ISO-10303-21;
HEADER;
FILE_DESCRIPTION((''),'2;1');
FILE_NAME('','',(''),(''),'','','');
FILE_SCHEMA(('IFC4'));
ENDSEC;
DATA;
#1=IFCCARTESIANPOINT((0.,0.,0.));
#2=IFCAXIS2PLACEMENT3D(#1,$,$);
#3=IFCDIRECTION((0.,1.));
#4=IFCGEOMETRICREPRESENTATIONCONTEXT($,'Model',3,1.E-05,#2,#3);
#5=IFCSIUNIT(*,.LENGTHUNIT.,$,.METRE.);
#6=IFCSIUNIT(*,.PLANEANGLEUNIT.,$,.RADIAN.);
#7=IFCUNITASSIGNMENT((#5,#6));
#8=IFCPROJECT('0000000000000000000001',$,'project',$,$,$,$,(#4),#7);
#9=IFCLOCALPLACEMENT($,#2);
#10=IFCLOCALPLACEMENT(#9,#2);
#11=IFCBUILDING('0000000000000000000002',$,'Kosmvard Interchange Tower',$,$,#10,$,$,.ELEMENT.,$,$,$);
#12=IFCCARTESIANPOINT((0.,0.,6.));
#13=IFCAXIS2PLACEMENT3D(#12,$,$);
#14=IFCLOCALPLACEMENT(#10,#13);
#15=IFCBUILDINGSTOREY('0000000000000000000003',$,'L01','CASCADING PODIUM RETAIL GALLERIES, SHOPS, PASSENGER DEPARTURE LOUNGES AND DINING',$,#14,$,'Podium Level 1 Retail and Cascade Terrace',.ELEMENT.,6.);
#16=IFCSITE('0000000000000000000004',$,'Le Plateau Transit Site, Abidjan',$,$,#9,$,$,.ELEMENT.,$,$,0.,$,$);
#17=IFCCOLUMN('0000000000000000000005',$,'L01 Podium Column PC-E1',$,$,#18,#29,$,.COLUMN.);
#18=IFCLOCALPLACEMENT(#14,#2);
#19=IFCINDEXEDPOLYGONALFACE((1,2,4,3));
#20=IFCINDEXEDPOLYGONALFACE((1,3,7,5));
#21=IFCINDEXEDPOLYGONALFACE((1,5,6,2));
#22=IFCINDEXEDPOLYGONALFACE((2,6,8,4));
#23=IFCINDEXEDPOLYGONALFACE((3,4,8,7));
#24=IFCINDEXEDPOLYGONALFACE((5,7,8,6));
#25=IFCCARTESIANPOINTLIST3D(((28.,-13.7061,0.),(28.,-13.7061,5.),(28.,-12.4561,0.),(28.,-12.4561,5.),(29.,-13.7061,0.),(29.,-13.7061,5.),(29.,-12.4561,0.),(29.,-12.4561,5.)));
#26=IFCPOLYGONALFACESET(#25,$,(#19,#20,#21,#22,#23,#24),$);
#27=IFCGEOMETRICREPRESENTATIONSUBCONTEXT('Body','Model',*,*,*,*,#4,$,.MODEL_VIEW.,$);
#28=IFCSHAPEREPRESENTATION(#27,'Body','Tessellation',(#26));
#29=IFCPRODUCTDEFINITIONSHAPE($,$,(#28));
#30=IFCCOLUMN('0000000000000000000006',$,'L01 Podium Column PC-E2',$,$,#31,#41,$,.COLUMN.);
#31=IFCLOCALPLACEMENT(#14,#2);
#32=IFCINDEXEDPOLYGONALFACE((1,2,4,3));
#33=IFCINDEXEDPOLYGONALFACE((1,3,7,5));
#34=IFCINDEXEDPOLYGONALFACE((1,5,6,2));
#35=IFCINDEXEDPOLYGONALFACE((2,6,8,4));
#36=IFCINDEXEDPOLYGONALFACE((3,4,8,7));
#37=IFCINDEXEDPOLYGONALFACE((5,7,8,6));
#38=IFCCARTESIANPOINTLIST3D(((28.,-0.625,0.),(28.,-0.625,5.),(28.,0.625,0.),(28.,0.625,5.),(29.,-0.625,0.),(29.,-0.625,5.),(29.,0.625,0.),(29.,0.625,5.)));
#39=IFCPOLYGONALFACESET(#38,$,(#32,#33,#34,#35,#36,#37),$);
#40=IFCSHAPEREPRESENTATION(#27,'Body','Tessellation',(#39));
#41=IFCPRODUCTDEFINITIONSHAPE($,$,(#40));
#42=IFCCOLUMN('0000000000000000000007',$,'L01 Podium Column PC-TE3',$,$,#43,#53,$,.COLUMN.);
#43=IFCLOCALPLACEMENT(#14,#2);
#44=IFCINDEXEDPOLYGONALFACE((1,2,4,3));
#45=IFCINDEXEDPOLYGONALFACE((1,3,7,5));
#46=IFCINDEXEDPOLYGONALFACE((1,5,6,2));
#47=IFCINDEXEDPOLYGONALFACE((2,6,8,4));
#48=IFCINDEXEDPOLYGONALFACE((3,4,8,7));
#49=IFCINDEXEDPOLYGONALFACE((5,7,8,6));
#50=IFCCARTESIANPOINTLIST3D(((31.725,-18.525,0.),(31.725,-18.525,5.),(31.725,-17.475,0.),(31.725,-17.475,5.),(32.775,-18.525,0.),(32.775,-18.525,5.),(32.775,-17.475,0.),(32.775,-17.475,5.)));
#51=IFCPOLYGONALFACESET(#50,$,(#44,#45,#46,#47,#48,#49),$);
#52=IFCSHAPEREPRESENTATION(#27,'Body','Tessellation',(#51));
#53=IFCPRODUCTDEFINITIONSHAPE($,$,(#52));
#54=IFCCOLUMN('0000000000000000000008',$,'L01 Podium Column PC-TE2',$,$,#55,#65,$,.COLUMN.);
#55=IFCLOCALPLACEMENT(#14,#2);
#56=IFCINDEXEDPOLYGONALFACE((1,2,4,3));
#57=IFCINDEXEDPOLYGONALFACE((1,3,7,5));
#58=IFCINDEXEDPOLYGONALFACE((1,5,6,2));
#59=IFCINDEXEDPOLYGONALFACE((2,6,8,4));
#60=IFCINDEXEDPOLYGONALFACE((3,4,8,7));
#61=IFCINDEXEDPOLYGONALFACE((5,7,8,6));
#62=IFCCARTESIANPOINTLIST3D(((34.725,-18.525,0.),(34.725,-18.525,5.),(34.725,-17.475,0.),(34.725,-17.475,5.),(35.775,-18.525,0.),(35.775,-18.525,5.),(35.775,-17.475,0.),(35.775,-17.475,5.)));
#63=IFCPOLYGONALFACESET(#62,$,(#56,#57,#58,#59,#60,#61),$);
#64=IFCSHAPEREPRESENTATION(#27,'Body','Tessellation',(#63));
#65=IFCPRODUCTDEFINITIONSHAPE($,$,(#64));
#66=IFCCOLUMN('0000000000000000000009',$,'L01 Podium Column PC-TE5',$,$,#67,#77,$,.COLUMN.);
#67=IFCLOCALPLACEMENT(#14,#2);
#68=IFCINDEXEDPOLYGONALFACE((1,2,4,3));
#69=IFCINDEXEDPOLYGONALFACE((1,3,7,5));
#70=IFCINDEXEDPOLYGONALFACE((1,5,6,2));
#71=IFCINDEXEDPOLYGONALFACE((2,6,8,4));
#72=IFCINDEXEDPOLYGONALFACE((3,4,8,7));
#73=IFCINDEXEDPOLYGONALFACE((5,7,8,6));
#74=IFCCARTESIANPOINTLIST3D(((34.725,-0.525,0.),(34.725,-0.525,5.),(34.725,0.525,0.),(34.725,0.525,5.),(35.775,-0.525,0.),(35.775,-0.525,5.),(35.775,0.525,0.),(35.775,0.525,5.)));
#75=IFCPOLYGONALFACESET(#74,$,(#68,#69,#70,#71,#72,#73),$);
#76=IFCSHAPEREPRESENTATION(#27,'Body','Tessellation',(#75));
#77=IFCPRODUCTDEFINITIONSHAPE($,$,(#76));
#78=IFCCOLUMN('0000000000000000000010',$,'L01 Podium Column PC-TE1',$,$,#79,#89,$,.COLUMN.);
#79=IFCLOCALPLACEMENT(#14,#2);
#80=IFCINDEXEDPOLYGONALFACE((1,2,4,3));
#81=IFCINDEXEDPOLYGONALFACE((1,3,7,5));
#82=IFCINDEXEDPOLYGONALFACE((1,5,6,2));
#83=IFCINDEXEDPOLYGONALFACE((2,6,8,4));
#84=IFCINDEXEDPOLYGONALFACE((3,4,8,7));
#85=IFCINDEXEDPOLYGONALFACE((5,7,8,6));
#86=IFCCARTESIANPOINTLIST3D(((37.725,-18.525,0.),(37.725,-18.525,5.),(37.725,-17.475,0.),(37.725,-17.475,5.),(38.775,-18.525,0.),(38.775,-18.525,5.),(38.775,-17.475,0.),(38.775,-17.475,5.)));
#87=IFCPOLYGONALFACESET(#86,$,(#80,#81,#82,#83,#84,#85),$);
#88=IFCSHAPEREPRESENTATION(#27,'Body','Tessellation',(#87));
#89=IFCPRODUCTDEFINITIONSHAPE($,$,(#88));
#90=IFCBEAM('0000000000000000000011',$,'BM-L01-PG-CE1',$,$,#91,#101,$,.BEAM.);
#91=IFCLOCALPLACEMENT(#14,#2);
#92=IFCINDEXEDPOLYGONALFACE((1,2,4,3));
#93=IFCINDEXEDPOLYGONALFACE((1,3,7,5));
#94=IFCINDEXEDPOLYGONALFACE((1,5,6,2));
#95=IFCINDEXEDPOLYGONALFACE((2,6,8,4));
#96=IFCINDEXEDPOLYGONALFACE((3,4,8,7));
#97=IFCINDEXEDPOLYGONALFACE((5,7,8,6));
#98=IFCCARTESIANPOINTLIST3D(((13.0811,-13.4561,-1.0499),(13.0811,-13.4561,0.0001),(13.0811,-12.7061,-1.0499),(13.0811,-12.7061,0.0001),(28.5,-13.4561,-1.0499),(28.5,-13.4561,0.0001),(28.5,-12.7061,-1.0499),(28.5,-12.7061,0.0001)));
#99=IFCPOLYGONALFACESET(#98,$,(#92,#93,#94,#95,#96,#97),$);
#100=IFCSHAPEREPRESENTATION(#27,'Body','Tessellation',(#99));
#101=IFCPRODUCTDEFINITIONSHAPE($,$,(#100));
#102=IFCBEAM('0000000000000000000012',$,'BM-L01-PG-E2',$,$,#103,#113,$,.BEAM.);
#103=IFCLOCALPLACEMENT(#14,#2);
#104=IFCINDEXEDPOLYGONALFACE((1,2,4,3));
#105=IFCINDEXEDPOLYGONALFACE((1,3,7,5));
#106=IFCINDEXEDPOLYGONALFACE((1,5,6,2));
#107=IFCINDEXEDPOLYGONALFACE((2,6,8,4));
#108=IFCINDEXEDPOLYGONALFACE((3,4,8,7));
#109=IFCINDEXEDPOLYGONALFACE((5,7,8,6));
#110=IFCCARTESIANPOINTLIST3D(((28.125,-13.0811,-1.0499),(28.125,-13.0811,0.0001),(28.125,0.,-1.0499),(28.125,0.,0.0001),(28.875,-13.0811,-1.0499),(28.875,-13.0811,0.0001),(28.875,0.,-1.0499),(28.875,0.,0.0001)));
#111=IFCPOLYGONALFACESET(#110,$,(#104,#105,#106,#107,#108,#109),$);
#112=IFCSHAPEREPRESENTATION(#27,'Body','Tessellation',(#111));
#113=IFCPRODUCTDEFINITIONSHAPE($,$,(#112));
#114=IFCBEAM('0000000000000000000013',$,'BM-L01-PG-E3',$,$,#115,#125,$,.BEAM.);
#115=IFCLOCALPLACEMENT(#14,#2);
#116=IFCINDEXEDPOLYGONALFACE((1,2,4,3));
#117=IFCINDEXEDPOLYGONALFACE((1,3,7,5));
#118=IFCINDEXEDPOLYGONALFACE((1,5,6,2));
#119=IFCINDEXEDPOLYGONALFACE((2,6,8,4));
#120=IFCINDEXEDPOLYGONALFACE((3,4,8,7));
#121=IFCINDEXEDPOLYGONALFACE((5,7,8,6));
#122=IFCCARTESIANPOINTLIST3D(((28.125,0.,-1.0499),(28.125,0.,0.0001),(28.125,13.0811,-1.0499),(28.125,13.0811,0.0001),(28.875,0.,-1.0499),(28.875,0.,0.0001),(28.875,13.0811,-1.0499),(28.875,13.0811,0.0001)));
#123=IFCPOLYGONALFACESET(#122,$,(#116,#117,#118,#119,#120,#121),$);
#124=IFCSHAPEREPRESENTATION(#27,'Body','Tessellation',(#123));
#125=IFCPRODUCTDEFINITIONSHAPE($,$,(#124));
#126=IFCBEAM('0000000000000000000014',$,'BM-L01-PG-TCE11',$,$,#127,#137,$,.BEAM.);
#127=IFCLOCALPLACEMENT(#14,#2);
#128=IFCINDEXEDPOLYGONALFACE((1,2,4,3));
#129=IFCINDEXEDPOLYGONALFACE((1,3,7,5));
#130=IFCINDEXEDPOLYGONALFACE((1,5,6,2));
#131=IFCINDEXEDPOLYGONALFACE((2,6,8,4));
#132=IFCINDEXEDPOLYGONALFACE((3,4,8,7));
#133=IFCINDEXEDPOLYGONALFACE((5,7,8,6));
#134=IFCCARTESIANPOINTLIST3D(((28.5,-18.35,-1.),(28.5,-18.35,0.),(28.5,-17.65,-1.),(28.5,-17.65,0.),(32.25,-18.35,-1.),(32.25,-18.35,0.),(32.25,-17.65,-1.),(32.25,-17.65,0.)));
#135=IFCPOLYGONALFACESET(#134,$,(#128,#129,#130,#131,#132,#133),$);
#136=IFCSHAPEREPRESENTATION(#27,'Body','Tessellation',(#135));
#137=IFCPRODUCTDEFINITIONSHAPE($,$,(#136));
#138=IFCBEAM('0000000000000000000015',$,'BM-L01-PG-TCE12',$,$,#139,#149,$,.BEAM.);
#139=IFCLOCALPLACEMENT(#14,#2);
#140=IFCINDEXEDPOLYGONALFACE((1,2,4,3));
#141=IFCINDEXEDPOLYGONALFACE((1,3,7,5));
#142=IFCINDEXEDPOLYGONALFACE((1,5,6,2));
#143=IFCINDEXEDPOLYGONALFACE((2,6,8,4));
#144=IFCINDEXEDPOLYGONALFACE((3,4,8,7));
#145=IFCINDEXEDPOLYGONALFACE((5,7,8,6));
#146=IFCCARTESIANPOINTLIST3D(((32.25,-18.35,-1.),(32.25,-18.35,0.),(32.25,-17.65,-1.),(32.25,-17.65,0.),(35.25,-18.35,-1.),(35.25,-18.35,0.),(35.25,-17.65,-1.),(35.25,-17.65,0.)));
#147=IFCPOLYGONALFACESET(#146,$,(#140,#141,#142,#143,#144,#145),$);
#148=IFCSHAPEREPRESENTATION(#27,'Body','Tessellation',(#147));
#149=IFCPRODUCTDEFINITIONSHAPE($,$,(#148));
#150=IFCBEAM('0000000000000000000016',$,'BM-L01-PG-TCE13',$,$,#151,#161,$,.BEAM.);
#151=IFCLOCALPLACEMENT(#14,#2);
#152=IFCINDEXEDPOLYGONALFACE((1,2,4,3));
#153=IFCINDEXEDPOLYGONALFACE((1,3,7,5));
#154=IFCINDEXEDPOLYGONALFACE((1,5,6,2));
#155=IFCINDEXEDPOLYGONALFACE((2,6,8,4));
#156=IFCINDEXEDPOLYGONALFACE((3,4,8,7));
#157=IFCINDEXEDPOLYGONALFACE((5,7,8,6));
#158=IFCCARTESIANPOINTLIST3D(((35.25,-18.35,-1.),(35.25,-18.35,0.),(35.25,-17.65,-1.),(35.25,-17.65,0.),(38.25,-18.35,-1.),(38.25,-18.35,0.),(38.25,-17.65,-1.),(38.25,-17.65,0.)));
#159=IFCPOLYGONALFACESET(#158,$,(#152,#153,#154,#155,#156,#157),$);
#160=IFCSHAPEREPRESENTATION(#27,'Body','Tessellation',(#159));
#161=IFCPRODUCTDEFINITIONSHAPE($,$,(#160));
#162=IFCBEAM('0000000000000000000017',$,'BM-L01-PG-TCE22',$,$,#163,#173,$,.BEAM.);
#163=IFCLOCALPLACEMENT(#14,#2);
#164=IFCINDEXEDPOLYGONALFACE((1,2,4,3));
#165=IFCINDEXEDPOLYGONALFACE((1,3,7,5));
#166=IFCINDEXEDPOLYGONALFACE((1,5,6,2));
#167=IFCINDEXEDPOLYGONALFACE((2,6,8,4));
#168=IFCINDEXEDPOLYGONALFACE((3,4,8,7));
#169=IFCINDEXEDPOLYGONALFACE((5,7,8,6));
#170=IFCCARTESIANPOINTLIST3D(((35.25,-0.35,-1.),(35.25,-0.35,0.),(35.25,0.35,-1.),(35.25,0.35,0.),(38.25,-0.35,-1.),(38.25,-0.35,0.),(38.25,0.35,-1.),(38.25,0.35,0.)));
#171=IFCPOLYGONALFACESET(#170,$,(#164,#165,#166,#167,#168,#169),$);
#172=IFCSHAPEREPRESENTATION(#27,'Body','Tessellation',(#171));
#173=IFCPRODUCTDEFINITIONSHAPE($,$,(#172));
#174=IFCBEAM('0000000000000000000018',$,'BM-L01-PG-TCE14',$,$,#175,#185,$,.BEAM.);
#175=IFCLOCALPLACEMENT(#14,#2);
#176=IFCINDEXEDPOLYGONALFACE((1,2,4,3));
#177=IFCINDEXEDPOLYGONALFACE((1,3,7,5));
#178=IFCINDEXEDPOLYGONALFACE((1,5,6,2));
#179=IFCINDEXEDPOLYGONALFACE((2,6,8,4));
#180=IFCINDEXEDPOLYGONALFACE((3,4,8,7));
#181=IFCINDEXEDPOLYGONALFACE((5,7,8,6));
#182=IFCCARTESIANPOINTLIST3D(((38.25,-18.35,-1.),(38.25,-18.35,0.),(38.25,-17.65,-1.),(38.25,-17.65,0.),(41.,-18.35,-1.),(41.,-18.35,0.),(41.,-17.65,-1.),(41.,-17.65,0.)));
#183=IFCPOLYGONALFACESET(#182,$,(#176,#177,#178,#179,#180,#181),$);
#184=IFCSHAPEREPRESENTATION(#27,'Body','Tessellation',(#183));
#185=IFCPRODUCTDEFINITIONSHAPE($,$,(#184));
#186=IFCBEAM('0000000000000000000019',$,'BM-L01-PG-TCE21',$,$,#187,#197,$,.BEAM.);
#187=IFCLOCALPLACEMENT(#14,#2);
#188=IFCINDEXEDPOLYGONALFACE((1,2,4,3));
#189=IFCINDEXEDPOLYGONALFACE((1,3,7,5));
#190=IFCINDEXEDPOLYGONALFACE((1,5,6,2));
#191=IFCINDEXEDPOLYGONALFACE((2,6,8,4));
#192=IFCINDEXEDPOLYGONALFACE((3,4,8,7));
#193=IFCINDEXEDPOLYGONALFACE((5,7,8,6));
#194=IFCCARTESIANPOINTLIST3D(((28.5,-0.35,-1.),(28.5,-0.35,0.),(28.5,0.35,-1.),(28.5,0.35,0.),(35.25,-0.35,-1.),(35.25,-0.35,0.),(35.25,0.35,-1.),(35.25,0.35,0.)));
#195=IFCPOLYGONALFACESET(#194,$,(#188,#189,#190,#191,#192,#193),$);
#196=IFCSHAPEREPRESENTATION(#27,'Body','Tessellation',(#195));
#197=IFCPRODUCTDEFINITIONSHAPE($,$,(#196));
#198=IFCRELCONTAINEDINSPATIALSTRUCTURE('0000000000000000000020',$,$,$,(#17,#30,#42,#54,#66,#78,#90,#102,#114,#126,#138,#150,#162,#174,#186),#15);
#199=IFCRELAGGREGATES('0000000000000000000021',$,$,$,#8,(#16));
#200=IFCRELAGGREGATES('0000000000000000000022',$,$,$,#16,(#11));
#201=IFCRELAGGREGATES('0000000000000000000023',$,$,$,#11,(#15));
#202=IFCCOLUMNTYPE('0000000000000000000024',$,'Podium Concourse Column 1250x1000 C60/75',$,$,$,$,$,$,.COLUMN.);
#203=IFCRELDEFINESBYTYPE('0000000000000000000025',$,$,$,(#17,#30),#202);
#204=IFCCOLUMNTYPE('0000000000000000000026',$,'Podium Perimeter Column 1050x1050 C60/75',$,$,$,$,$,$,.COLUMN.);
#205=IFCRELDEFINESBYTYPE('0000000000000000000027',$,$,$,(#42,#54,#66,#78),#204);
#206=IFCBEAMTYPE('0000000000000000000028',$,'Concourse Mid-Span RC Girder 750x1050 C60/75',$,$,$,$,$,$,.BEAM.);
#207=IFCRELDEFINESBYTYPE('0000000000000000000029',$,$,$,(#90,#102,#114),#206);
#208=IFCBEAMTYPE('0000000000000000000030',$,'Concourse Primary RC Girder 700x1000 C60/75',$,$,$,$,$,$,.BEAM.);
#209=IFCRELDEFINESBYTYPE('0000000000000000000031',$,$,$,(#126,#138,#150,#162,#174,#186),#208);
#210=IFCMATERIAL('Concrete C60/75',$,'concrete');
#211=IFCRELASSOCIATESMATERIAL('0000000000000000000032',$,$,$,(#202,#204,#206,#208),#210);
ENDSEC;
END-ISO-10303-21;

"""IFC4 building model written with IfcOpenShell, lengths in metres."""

from ifc_helpers import new_model, si_unit, direction, frame, origin, origin_2d, place, context, subcontext, project, spatial, rectangle, extrude, source, transform, mapped, material, material_profile, profile_set, type_object, element, save


model = new_model("IFC4")

# Units and contexts
model_context = context("Model", 3, precision=1e-05, world=origin(), true_north=direction((0.0, 1.0)))
body_context = subcontext(model_context, "Body", "Model", "MODEL_VIEW")
ifc_project = project(units=[si_unit("LENGTHUNIT", "METRE"), si_unit("PLANEANGLEUNIT", "RADIAN")], contexts=[model_context])

# Site, building, storey
site_placement = place(None, origin())
site = spatial("IfcSite", under=ifc_project, at=site_placement, Name="Le Plateau Transit Site, Abidjan", CompositionType="ELEMENT", RefElevation=0.0)
building_placement = place(site_placement, origin())
building = spatial("IfcBuilding", under=site, at=building_placement, Name="Kosmvard Interchange Tower", CompositionType="ELEMENT")
storey_placement = place(building_placement, frame((0.0, 0.0, 6.0)))
storey = spatial("IfcBuildingStorey", under=building, at=storey_placement, Name="L01", Description="CASCADING PODIUM RETAIL GALLERIES, SHOPS, PASSENGER DEPARTURE LOUNGES AND DINING", LongName="Podium Level 1 Retail and Cascade Terrace", CompositionType="ELEMENT", Elevation=6.0)

# Columns
ifc_material_1 = material(Name="Concrete C60/75", Category="concrete")
ifc_material_profile_1 = material_profile(ifc_material_1, rectangle(XDim=1.0, YDim=1.25, at=origin_2d()), Name="PC 1250x1000")
ifc_profile_set_1 = profile_set([ifc_material_profile_1], Name="Concrete C60/75")
column_type_1 = type_object("IfcColumnType", Name="Podium Concourse Column 1250x1000 C60/75", PredefinedType="COLUMN", material=ifc_profile_set_1)
shared_shape_1 = source(origin(), body_context, "Body", "SweptSolid", [
    extrude(rectangle(XDim=1.0, YDim=1.25, at=origin_2d()), origin(), (0.0, 0.0, 1.0), 5.0),
])
for number, where, z_axis, x_axis, name in (
    (1, (28.5, -13.0811, 0.0), (0.0, 0.0, 1.0), (1.0, 0.0, 0.0), "L01 Podium Column PC-E1"),
    (2, (28.5, 0.0, 0.0), (0.0, 0.0, 1.0), (1.0, 0.0, 0.0), "L01 Podium Column PC-E2"),
):
    element("IfcColumn", number, at=place(storey_placement, frame(where, z_axis=z_axis, x_axis=x_axis)), inside=storey, type_object=column_type_1, Name=name, PredefinedType="COLUMN", context=body_context, shape_type="MappedRepresentation", body=[
        mapped(shared_shape_1, transform((0.0, 0.0, 0.0), scale=1.0)),
    ])
ifc_material_profile_2 = material_profile(ifc_material_1, rectangle(XDim=1.05, YDim=1.05, at=origin_2d()), Name="PC 1050x1050")
ifc_profile_set_2 = profile_set([ifc_material_profile_2], Name="Concrete C60/75")
column_type_2 = type_object("IfcColumnType", Name="Podium Perimeter Column 1050x1050 C60/75", PredefinedType="COLUMN", material=ifc_profile_set_2)
shared_shape_2 = source(origin(), body_context, "Body", "SweptSolid", [
    extrude(rectangle(XDim=1.05, YDim=1.05, at=origin_2d()), origin(), (0.0, 0.0, 1.0), 5.0),
])
for number, where, z_axis, x_axis, name in (
    (3, (32.25, -18.0, 0.0), (0.0, 0.0, 1.0), (1.0, 0.0, 0.0), "L01 Podium Column PC-TE3"),
    (4, (35.25, -18.0, 0.0), (0.0, 0.0, 1.0), (1.0, 0.0, 0.0), "L01 Podium Column PC-TE2"),
    (5, (35.25, 0.0, 0.0), (0.0, 0.0, 1.0), (1.0, 0.0, 0.0), "L01 Podium Column PC-TE5"),
    (6, (38.25, -18.0, 0.0), (0.0, 0.0, 1.0), (1.0, 0.0, 0.0), "L01 Podium Column PC-TE1"),
):
    element("IfcColumn", number, at=place(storey_placement, frame(where, z_axis=z_axis, x_axis=x_axis)), inside=storey, type_object=column_type_2, Name=name, PredefinedType="COLUMN", context=body_context, shape_type="MappedRepresentation", body=[
        mapped(shared_shape_2, transform((0.0, 0.0, 0.0), scale=1.0)),
    ])

# Beams
ifc_material_profile_3 = material_profile(ifc_material_1, rectangle(XDim=0.75, YDim=1.05, at=origin_2d()), Name="RCG 750x1050")
ifc_profile_set_3 = profile_set([ifc_material_profile_3], Name="Concrete C60/75")
beam_type_1 = type_object("IfcBeamType", Name="Concourse Mid-Span RC Girder 750x1050 C60/75", PredefinedType="BEAM", material=ifc_profile_set_3)
shared_shape_3 = source(origin(), body_context, "Body", "SweptSolid", [
    extrude(rectangle(XDim=0.75, YDim=1.05, at=origin_2d()), origin(), (0.0, 0.0, 1.0), 15.4189),
])
beam_1_placement = place(storey_placement, frame((28.5, -13.0811, -0.5249), z_axis=(-1.0, 0.0, 0.0), x_axis=(0.0, -1.0, 0.0)))
element("IfcBeam", 7, at=beam_1_placement, inside=storey, type_object=beam_type_1, Name="BM-L01-PG-CE1", PredefinedType="BEAM", context=body_context, shape_type="MappedRepresentation", body=[
    mapped(shared_shape_3, transform((0.0, 0.0, 0.0), scale=1.0)),
])
shared_shape_4 = source(origin(), body_context, "Body", "SweptSolid", [
    extrude(rectangle(XDim=0.75, YDim=1.05, at=origin_2d()), origin(), (0.0, 0.0, 1.0), 13.0811),
])
for number, where, z_axis, x_axis, name in (
    (8, (28.5, -13.0811, -0.5249), (0.0, 1.0, 0.0), (-1.0, 0.0, 0.0), "BM-L01-PG-E2"),
    (9, (28.5, 0.0, -0.5249), (0.0, 1.0, 0.0), (-1.0, 0.0, 0.0), "BM-L01-PG-E3"),
):
    element("IfcBeam", number, at=place(storey_placement, frame(where, z_axis=z_axis, x_axis=x_axis)), inside=storey, type_object=beam_type_1, Name=name, PredefinedType="BEAM", context=body_context, shape_type="MappedRepresentation", body=[
        mapped(shared_shape_4, transform((0.0, 0.0, 0.0), scale=1.0)),
    ])
ifc_material_profile_4 = material_profile(ifc_material_1, rectangle(XDim=0.7, YDim=1.0, at=origin_2d()), Name="RCG 700x1000")
ifc_profile_set_4 = profile_set([ifc_material_profile_4], Name="Concrete C60/75")
beam_type_2 = type_object("IfcBeamType", Name="Concourse Primary RC Girder 700x1000 C60/75", PredefinedType="BEAM", material=ifc_profile_set_4)
shared_shape_5 = source(origin(), body_context, "Body", "SweptSolid", [
    extrude(rectangle(XDim=0.7, YDim=1.0, at=origin_2d()), origin(), (0.0, 0.0, 1.0), 3.75),
])
beam_2_placement = place(storey_placement, frame((28.5, -18.0, -0.5), z_axis=(1.0, 0.0, 0.0), x_axis=(0.0, 1.0, 0.0)))
element("IfcBeam", 10, at=beam_2_placement, inside=storey, type_object=beam_type_2, Name="BM-L01-PG-TCE11", PredefinedType="BEAM", context=body_context, shape_type="MappedRepresentation", body=[
    mapped(shared_shape_5, transform((0.0, 0.0, 0.0), scale=1.0)),
])
shared_shape_6 = source(origin(), body_context, "Body", "SweptSolid", [
    extrude(rectangle(XDim=0.7, YDim=1.0, at=origin_2d()), origin(), (0.0, 0.0, 1.0), 3.0),
])
for number, where, z_axis, x_axis, name in (
    (11, (32.25, -18.0, -0.5), (1.0, 0.0, 0.0), (0.0, 1.0, 0.0), "BM-L01-PG-TCE12"),
    (12, (35.25, -18.0, -0.5), (1.0, 0.0, 0.0), (0.0, 1.0, 0.0), "BM-L01-PG-TCE13"),
    (13, (35.25, 0.0, -0.5), (1.0, 0.0, 0.0), (0.0, 1.0, 0.0), "BM-L01-PG-TCE22"),
):
    element("IfcBeam", number, at=place(storey_placement, frame(where, z_axis=z_axis, x_axis=x_axis)), inside=storey, type_object=beam_type_2, Name=name, PredefinedType="BEAM", context=body_context, shape_type="MappedRepresentation", body=[
        mapped(shared_shape_6, transform((0.0, 0.0, 0.0), scale=1.0)),
    ])
shared_shape_7 = source(origin(), body_context, "Body", "SweptSolid", [
    extrude(rectangle(XDim=0.7, YDim=1.0, at=origin_2d()), origin(), (0.0, 0.0, 1.0), 2.75),
])
beam_3_placement = place(storey_placement, frame((38.25, -18.0, -0.5), z_axis=(1.0, 0.0, 0.0), x_axis=(0.0, 1.0, 0.0)))
element("IfcBeam", 14, at=beam_3_placement, inside=storey, type_object=beam_type_2, Name="BM-L01-PG-TCE14", PredefinedType="BEAM", context=body_context, shape_type="MappedRepresentation", body=[
    mapped(shared_shape_7, transform((0.0, 0.0, 0.0), scale=1.0)),
])
shared_shape_8 = source(origin(), body_context, "Body", "SweptSolid", [
    extrude(rectangle(XDim=0.7, YDim=1.0, at=origin_2d()), origin(), (0.0, 0.0, 1.0), 6.75),
])
beam_4_placement = place(storey_placement, frame((28.5, 0.0, -0.5), z_axis=(1.0, 0.0, 0.0), x_axis=(0.0, 1.0, 0.0)))
element("IfcBeam", 15, at=beam_4_placement, inside=storey, type_object=beam_type_2, Name="BM-L01-PG-TCE21", PredefinedType="BEAM", context=body_context, shape_type="MappedRepresentation", body=[
    mapped(shared_shape_8, transform((0.0, 0.0, 0.0), scale=1.0)),
])

save(model, "model.ifc")
